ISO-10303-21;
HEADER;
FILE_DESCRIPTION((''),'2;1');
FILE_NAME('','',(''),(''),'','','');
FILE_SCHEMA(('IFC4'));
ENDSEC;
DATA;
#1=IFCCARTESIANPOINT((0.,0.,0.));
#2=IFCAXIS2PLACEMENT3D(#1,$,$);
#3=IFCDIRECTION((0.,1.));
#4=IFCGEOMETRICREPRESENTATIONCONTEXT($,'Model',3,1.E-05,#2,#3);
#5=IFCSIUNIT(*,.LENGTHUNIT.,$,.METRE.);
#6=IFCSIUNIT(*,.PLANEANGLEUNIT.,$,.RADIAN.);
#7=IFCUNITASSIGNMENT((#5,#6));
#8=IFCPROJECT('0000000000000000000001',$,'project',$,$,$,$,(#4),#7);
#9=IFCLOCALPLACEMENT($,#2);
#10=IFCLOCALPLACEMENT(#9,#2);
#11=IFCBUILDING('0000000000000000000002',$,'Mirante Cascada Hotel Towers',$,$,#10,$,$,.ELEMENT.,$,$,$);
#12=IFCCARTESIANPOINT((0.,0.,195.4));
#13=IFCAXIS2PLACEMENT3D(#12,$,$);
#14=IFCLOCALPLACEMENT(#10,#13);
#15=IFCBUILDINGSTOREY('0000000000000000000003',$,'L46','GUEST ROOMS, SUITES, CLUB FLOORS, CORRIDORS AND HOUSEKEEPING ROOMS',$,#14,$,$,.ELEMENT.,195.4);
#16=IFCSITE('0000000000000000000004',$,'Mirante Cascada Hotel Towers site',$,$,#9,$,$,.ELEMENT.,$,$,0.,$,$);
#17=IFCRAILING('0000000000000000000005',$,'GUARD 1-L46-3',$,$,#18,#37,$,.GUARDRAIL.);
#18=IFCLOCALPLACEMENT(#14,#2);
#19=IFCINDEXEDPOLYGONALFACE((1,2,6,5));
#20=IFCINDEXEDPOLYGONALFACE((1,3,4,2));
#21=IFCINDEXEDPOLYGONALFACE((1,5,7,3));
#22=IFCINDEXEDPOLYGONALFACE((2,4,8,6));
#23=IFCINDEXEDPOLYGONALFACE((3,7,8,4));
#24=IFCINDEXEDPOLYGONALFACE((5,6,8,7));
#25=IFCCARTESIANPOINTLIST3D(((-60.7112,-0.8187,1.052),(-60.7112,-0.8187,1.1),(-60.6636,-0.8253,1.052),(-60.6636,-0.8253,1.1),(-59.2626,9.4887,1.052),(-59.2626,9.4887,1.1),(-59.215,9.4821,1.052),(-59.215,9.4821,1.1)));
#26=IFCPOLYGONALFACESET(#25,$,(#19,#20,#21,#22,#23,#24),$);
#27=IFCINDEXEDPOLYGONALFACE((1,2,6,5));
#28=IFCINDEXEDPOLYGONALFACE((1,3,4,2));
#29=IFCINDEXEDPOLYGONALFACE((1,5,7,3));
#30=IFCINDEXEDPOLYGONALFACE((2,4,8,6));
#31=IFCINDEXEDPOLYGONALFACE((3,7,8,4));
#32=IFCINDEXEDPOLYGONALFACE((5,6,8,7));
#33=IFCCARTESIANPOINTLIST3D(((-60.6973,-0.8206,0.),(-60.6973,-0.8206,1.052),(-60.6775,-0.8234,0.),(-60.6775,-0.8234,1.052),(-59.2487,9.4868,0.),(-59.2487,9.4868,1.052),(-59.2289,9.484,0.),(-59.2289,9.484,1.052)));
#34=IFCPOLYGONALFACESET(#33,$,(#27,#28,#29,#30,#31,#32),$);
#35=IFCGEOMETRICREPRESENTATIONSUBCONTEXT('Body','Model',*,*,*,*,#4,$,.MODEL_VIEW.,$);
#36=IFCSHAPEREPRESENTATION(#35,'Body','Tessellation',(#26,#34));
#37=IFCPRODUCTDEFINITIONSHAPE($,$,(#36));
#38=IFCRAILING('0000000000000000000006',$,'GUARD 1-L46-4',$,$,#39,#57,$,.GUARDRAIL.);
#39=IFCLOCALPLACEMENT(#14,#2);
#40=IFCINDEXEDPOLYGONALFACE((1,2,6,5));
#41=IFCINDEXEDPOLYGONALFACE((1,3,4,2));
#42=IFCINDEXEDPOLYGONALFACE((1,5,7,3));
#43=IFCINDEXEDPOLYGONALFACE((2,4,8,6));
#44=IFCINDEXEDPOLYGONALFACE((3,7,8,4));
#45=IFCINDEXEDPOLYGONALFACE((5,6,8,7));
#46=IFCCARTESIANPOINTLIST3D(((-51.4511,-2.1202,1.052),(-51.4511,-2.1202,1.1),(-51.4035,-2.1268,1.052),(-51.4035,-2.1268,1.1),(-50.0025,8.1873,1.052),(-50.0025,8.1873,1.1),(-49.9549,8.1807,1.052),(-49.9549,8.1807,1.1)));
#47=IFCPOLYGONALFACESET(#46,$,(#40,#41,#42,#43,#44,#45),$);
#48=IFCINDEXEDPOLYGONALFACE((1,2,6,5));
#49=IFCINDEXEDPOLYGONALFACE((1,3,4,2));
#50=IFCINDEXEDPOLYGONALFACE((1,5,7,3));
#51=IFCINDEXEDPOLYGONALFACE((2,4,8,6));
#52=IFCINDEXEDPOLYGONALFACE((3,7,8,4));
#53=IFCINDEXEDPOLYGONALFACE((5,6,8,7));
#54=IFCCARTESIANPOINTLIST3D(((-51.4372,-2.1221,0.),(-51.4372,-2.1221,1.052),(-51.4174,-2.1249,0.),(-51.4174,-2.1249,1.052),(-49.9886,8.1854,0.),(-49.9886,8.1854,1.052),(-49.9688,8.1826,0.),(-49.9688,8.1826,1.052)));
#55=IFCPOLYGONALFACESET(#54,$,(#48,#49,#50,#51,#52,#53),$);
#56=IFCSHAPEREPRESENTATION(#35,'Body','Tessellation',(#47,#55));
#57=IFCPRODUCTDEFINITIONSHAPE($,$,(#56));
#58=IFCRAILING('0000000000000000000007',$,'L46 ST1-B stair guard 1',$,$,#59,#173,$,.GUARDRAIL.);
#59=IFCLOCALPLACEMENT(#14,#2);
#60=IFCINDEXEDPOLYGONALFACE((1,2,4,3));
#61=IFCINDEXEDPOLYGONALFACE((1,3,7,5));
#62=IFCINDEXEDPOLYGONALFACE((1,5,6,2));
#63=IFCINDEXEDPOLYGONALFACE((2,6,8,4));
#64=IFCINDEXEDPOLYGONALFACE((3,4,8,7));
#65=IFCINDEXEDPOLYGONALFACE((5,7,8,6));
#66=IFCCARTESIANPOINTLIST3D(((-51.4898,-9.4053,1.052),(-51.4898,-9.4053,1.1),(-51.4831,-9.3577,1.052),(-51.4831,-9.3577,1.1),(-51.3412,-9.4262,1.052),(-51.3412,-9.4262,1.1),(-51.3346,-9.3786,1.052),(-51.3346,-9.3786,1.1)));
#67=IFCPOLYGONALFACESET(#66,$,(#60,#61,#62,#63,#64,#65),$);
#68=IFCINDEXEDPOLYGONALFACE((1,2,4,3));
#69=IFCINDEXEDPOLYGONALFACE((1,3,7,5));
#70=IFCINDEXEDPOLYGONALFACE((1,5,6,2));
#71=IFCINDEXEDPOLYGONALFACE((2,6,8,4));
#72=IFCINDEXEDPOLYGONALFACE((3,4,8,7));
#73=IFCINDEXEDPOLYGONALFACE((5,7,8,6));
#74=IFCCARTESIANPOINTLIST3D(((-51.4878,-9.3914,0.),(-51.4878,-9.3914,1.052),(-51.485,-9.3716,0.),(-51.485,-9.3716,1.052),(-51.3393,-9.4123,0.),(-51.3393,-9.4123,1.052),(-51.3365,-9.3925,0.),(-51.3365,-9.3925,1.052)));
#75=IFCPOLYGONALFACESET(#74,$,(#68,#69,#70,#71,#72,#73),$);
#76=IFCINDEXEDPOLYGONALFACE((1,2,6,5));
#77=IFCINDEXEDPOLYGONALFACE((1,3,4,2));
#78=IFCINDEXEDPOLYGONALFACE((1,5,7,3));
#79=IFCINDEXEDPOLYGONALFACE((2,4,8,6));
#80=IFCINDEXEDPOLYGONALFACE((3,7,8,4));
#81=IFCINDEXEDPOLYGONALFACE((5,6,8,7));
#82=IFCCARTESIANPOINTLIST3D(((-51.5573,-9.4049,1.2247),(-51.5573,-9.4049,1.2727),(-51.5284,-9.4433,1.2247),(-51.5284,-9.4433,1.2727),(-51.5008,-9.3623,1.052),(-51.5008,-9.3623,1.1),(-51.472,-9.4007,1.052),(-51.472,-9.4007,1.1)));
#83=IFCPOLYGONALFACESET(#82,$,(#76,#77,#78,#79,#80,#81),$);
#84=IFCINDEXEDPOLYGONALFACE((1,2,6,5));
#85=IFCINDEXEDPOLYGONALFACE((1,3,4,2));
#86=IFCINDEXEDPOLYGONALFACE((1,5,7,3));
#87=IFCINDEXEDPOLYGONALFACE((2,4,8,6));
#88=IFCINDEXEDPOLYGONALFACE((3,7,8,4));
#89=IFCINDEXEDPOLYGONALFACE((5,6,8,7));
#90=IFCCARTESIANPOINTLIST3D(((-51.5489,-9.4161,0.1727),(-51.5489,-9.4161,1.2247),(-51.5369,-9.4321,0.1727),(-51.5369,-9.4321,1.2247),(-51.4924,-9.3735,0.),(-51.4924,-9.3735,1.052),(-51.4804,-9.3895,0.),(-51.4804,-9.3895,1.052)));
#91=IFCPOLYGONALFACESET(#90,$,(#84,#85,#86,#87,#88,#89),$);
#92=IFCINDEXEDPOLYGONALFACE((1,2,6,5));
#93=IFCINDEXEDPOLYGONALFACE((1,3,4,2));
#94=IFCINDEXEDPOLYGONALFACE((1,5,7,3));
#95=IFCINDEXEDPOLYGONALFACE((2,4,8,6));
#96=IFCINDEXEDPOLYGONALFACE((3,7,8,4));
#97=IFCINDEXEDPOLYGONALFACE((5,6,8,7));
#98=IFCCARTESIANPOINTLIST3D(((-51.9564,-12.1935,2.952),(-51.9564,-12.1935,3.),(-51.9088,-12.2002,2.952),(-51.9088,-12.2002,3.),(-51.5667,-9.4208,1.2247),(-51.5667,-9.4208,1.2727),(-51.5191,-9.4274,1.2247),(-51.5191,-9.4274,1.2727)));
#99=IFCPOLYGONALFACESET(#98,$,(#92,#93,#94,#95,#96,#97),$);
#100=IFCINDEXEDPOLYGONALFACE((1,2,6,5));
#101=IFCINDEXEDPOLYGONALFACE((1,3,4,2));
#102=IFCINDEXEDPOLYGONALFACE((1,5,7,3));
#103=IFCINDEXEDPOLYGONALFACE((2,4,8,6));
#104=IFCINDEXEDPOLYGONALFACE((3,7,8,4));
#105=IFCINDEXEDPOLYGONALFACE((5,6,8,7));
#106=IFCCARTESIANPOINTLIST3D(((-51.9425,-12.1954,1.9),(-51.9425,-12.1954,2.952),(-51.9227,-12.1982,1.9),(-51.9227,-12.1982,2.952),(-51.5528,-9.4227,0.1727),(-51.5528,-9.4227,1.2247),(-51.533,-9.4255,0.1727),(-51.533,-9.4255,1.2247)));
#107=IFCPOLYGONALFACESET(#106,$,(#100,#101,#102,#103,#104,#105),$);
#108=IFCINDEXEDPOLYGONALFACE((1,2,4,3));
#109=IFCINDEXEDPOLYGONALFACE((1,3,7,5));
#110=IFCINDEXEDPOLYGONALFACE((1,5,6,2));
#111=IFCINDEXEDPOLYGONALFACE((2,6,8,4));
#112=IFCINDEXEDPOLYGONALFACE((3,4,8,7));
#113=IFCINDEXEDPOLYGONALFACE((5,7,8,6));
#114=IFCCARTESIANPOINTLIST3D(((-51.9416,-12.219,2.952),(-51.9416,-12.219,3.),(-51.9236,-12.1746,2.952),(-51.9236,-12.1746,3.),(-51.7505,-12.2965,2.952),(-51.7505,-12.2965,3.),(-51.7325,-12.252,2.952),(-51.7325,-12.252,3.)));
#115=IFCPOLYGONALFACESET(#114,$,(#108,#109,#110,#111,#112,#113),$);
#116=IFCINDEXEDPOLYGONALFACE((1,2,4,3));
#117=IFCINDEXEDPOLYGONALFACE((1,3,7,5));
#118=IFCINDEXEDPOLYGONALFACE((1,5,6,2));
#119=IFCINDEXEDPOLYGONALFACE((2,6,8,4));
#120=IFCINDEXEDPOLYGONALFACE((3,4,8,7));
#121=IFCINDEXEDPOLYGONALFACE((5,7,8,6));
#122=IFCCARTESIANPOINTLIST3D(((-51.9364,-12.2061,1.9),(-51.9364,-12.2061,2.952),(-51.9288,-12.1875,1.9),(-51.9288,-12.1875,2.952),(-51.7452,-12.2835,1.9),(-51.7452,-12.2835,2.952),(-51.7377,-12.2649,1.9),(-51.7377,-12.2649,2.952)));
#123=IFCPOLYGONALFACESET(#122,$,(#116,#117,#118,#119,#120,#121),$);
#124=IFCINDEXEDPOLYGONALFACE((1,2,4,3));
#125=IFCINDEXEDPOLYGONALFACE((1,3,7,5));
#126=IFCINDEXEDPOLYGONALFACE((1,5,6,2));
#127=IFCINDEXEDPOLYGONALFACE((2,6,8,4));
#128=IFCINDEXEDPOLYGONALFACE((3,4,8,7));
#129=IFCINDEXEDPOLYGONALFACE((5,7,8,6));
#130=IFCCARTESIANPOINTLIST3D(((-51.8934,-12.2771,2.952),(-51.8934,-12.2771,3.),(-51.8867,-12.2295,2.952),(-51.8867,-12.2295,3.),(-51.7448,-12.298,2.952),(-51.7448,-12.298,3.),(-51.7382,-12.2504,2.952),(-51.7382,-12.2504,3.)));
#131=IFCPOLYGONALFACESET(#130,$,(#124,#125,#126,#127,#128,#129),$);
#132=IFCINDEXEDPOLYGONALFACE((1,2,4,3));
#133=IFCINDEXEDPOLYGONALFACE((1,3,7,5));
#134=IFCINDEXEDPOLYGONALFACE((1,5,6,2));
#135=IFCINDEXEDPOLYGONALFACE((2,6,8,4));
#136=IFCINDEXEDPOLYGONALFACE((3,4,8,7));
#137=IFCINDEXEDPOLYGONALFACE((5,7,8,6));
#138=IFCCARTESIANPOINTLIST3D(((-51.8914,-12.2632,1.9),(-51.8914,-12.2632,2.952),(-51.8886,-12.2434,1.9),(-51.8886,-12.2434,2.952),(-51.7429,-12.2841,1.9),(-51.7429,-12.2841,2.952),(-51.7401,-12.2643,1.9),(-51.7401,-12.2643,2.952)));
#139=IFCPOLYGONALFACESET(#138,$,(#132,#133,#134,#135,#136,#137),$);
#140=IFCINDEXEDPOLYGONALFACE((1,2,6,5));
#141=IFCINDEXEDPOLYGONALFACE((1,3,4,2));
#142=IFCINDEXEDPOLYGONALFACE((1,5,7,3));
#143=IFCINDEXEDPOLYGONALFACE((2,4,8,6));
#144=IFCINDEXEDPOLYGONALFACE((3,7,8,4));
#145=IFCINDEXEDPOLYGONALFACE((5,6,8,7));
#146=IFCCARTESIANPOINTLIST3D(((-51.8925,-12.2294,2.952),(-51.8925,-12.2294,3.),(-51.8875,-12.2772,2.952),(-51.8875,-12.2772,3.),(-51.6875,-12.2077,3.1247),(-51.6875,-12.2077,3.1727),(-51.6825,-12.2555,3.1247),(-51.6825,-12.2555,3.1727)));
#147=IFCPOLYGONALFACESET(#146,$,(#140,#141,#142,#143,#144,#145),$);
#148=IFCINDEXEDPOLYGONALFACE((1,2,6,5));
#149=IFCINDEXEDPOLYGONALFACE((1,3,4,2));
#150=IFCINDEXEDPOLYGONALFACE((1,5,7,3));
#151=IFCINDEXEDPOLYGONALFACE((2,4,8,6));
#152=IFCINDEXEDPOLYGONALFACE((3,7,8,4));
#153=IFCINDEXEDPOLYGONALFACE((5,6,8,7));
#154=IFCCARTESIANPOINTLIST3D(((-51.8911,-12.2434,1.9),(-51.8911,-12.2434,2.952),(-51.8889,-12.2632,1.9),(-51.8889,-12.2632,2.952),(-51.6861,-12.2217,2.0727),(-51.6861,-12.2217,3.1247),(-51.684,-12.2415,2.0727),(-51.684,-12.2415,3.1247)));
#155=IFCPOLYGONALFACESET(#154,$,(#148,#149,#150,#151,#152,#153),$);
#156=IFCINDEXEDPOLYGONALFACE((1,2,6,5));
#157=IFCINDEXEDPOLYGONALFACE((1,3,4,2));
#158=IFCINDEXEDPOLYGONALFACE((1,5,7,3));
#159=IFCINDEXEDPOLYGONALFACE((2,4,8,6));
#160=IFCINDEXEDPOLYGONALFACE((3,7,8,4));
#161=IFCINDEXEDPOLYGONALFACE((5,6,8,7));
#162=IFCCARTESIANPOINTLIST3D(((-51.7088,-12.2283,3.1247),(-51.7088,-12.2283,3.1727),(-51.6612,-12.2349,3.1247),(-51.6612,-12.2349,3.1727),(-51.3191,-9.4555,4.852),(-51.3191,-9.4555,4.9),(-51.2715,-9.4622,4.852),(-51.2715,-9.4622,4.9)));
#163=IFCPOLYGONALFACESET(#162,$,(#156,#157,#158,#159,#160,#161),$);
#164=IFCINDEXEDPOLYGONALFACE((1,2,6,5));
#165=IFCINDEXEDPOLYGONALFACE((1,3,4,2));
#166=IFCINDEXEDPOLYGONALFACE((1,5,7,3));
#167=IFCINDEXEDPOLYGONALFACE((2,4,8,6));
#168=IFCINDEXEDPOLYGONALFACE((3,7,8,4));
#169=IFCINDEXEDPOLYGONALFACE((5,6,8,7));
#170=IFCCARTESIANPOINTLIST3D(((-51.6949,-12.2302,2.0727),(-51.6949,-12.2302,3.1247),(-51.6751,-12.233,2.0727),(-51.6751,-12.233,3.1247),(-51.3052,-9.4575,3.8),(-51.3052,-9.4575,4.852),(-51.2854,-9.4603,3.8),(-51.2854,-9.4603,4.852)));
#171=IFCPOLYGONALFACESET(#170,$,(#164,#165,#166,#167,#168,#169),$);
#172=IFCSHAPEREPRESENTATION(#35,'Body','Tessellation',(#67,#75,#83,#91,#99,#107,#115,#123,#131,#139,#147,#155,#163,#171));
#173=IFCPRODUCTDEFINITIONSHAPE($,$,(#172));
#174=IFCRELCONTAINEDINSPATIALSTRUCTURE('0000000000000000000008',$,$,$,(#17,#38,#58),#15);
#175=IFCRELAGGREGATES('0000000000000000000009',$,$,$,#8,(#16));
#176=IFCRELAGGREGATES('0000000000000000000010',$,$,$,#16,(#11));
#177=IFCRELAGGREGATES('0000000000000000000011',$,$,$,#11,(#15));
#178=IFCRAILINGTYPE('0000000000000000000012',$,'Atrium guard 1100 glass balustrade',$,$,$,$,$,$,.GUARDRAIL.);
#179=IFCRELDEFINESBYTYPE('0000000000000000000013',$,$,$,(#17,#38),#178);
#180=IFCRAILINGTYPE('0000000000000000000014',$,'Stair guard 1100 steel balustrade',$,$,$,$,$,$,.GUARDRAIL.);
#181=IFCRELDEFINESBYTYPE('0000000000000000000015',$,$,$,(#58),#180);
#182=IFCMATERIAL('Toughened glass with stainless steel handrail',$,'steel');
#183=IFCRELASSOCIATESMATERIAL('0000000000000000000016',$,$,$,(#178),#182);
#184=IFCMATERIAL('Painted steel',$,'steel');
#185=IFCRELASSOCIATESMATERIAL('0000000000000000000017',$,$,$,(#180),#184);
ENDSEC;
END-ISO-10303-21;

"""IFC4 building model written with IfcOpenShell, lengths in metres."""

from ifc_helpers import new_model, si_unit, direction, frame, origin, origin_2d, place, context, subcontext, project, spatial, rectangle, extrude, material, type_object, element, save


model = new_model("IFC4")

# Units and contexts
model_context = context("Model", 3, precision=1e-05, world=origin(), true_north=direction((0.0, 1.0)))
body_context = subcontext(model_context, "Body", "Model", "MODEL_VIEW")
ifc_project = project(units=[si_unit("LENGTHUNIT", "METRE"), si_unit("PLANEANGLEUNIT", "RADIAN")], contexts=[model_context])

# Site, building, storey
site_placement = place(None, origin())
site = spatial("IfcSite", under=ifc_project, at=site_placement, Name="Mirante Cascada Hotel Towers site", CompositionType="ELEMENT", RefElevation=0.0)
building_placement = place(site_placement, origin())
building = spatial("IfcBuilding", under=site, at=building_placement, Name="Mirante Cascada Hotel Towers", CompositionType="ELEMENT")
storey_placement = place(building_placement, frame((0.0, 0.0, 195.4)))
storey = spatial("IfcBuildingStorey", under=building, at=storey_placement, Name="L46", Description="GUEST ROOMS, SUITES, CLUB FLOORS, CORRIDORS AND HOUSEKEEPING ROOMS", CompositionType="ELEMENT", Elevation=195.4)

# Railings
ifc_material_1 = material(Name="Toughened glass with stainless steel handrail", Category="steel")
railing_type_1 = type_object("IfcRailingType", Name="Atrium guard 1100 glass balustrade", PredefinedType="GUARDRAIL", material=ifc_material_1)
railing_1_placement = place(storey_placement, frame((-60.6874, -0.822, 0.0)))
element("IfcRailing", 1, at=railing_1_placement, inside=storey, type_object=railing_type_1, Name="GUARD 1-L46-3", PredefinedType="GUARDRAIL", context=body_context, shape_type="SweptSolid", body=[
    extrude(rectangle(XDim=0.048, YDim=0.048, at=origin_2d()), frame((0.0, 0.0, 1.076), z_axis=(0.139172, 0.990268, 0.0), x_axis=(-0.990268, 0.139172, 0.0)), (0.0, 0.0, 1.0), 10.4087),
    extrude(rectangle(XDim=0.02, YDim=1.052, at=origin_2d()), frame((0.0, 0.0, 0.526), z_axis=(0.139172, 0.990268, 0.0), x_axis=(-0.990268, 0.139172, 0.0)), (0.0, 0.0, 1.0), 10.4087),
])
railing_2_placement = place(storey_placement, frame((-49.9787, 8.184, 0.0)))
element("IfcRailing", 2, at=railing_2_placement, inside=storey, type_object=railing_type_1, Name="GUARD 1-L46-4", PredefinedType="GUARDRAIL", context=body_context, shape_type="SweptSolid", body=[
    extrude(rectangle(XDim=0.048, YDim=0.048, at=origin_2d()), frame((0.0, 0.0, 1.076), z_axis=(-0.139171, -0.990268, 0.0), x_axis=(0.990268, -0.139171, 0.0)), (0.0, 0.0, 1.0), 10.4088),
    extrude(rectangle(XDim=0.02, YDim=1.052, at=origin_2d()), frame((0.0, 0.0, 0.526), z_axis=(-0.139171, -0.990268, 0.0), x_axis=(0.990268, -0.139171, 0.0)), (0.0, 0.0, 1.0), 10.4088),
])
ifc_material_2 = material(Name="Painted steel", Category="steel")
railing_type_2 = type_object("IfcRailingType", Name="Stair guard 1100 steel balustrade", PredefinedType="GUARDRAIL", material=ifc_material_2)
railing_3_placement = place(storey_placement, frame((-51.3379, -9.4024, 0.0)))
element("IfcRailing", 3, at=railing_3_placement, inside=storey, type_object=railing_type_2, Name="L46 ST1-B stair guard 1", PredefinedType="GUARDRAIL", context=body_context, shape_type="SweptSolid", body=[
    extrude(rectangle(XDim=0.048, YDim=0.048, at=origin_2d()), frame((0.0, 0.0, 1.076), z_axis=(-0.990241, 0.139367, 0.0), x_axis=(-0.139367, -0.990241, 0.0)), (0.0, 0.0, 1.0), 0.15),
    extrude(rectangle(XDim=0.02, YDim=1.052, at=origin_2d()), frame((0.0, 0.0, 0.526), z_axis=(-0.990241, 0.139367, 0.0), x_axis=(-0.139367, -0.990241, 0.0)), (0.0, 0.0, 1.0), 0.15),
    extrude(rectangle(XDim=0.048, YDim=0.048, at=origin_2d()), frame((-0.1485, 0.0209, 1.076), z_axis=(-0.798471, -0.602033, 0.0), x_axis=(0.602033, -0.798471, 0.0)), (0.0, 0.92534, 0.379139), 0.1866),
    extrude(rectangle(XDim=0.02, YDim=1.052, at=origin_2d()), frame((-0.1485, 0.0209, 0.526), z_axis=(-0.798471, -0.602033, 0.0), x_axis=(0.602033, -0.798471, 0.0)), (0.0, 0.92534, 0.379139), 0.1866),
    extrude(rectangle(XDim=0.048, YDim=0.048, at=origin_2d()), frame((-0.205, -0.0217, 1.2487), z_axis=(-0.139181, -0.990267, 0.0), x_axis=(0.990267, -0.139181, 0.0)), (0.0, 0.525035, 0.851081), 3.2899),
    extrude(rectangle(XDim=0.02, YDim=1.052, at=origin_2d()), frame((-0.205, -0.0217, 0.6987), z_axis=(-0.139181, -0.990267, 0.0), x_axis=(0.990267, -0.139181, 0.0)), (0.0, 0.525035, 0.851081), 3.2899),
    extrude(rectangle(XDim=0.048, YDim=0.048, at=origin_2d()), frame((-0.5947, -2.7944, 2.976), z_axis=(0.926862, -0.375401, 0.0), x_axis=(0.375401, 0.926862, 0.0)), (0.0, 0.0, 1.0), 0.2062),
    extrude(rectangle(XDim=0.02, YDim=1.052, at=origin_2d()), frame((-0.5947, -2.7944, 2.426), z_axis=(0.926862, -0.375401, 0.0), x_axis=(0.375401, 0.926862, 0.0)), (0.0, 0.0, 1.0), 0.2062),
    extrude(rectangle(XDim=0.048, YDim=0.048, at=origin_2d()), frame((-0.4036, -2.8718, 2.976), z_axis=(-0.990241, 0.139367, 0.0), x_axis=(-0.139367, -0.990241, 0.0)), (0.0, 0.0, 1.0), 0.15),
    extrude(rectangle(XDim=0.02, YDim=1.052, at=origin_2d()), frame((-0.4036, -2.8718, 2.426), z_axis=(-0.990241, 0.139367, 0.0), x_axis=(-0.139367, -0.990241, 0.0)), (0.0, 0.0, 1.0), 0.15),
    extrude(rectangle(XDim=0.048, YDim=0.048, at=origin_2d()), frame((-0.5521, -2.8509, 2.976), z_axis=(0.994444, 0.105266, 0.0), x_axis=(-0.105266, 0.994444, 0.0)), (0.0, 0.642184, 0.76655), 0.2689),
    extrude(rectangle(XDim=0.02, YDim=1.052, at=origin_2d()), frame((-0.5521, -2.8509, 2.426), z_axis=(0.994444, 0.105266, 0.0), x_axis=(-0.105266, 0.994444, 0.0)), (0.0, 0.642184, 0.76655), 0.2689),
    extrude(rectangle(XDim=0.048, YDim=0.048, at=origin_2d()), frame((-0.3471, -2.8292, 3.1487), z_axis=(0.139181, 0.990267, 0.0), x_axis=(-0.990267, 0.139181, 0.0)), (0.0, 0.525035, 0.851081), 3.2899),
    extrude(rectangle(XDim=0.02, YDim=1.052, at=origin_2d()), frame((-0.3471, -2.8292, 2.5987), z_axis=(0.139181, 0.990267, 0.0), x_axis=(-0.990267, 0.139181, 0.0)), (0.0, 0.525035, 0.851081), 3.2899),
])

save(model, "model.ifc")
